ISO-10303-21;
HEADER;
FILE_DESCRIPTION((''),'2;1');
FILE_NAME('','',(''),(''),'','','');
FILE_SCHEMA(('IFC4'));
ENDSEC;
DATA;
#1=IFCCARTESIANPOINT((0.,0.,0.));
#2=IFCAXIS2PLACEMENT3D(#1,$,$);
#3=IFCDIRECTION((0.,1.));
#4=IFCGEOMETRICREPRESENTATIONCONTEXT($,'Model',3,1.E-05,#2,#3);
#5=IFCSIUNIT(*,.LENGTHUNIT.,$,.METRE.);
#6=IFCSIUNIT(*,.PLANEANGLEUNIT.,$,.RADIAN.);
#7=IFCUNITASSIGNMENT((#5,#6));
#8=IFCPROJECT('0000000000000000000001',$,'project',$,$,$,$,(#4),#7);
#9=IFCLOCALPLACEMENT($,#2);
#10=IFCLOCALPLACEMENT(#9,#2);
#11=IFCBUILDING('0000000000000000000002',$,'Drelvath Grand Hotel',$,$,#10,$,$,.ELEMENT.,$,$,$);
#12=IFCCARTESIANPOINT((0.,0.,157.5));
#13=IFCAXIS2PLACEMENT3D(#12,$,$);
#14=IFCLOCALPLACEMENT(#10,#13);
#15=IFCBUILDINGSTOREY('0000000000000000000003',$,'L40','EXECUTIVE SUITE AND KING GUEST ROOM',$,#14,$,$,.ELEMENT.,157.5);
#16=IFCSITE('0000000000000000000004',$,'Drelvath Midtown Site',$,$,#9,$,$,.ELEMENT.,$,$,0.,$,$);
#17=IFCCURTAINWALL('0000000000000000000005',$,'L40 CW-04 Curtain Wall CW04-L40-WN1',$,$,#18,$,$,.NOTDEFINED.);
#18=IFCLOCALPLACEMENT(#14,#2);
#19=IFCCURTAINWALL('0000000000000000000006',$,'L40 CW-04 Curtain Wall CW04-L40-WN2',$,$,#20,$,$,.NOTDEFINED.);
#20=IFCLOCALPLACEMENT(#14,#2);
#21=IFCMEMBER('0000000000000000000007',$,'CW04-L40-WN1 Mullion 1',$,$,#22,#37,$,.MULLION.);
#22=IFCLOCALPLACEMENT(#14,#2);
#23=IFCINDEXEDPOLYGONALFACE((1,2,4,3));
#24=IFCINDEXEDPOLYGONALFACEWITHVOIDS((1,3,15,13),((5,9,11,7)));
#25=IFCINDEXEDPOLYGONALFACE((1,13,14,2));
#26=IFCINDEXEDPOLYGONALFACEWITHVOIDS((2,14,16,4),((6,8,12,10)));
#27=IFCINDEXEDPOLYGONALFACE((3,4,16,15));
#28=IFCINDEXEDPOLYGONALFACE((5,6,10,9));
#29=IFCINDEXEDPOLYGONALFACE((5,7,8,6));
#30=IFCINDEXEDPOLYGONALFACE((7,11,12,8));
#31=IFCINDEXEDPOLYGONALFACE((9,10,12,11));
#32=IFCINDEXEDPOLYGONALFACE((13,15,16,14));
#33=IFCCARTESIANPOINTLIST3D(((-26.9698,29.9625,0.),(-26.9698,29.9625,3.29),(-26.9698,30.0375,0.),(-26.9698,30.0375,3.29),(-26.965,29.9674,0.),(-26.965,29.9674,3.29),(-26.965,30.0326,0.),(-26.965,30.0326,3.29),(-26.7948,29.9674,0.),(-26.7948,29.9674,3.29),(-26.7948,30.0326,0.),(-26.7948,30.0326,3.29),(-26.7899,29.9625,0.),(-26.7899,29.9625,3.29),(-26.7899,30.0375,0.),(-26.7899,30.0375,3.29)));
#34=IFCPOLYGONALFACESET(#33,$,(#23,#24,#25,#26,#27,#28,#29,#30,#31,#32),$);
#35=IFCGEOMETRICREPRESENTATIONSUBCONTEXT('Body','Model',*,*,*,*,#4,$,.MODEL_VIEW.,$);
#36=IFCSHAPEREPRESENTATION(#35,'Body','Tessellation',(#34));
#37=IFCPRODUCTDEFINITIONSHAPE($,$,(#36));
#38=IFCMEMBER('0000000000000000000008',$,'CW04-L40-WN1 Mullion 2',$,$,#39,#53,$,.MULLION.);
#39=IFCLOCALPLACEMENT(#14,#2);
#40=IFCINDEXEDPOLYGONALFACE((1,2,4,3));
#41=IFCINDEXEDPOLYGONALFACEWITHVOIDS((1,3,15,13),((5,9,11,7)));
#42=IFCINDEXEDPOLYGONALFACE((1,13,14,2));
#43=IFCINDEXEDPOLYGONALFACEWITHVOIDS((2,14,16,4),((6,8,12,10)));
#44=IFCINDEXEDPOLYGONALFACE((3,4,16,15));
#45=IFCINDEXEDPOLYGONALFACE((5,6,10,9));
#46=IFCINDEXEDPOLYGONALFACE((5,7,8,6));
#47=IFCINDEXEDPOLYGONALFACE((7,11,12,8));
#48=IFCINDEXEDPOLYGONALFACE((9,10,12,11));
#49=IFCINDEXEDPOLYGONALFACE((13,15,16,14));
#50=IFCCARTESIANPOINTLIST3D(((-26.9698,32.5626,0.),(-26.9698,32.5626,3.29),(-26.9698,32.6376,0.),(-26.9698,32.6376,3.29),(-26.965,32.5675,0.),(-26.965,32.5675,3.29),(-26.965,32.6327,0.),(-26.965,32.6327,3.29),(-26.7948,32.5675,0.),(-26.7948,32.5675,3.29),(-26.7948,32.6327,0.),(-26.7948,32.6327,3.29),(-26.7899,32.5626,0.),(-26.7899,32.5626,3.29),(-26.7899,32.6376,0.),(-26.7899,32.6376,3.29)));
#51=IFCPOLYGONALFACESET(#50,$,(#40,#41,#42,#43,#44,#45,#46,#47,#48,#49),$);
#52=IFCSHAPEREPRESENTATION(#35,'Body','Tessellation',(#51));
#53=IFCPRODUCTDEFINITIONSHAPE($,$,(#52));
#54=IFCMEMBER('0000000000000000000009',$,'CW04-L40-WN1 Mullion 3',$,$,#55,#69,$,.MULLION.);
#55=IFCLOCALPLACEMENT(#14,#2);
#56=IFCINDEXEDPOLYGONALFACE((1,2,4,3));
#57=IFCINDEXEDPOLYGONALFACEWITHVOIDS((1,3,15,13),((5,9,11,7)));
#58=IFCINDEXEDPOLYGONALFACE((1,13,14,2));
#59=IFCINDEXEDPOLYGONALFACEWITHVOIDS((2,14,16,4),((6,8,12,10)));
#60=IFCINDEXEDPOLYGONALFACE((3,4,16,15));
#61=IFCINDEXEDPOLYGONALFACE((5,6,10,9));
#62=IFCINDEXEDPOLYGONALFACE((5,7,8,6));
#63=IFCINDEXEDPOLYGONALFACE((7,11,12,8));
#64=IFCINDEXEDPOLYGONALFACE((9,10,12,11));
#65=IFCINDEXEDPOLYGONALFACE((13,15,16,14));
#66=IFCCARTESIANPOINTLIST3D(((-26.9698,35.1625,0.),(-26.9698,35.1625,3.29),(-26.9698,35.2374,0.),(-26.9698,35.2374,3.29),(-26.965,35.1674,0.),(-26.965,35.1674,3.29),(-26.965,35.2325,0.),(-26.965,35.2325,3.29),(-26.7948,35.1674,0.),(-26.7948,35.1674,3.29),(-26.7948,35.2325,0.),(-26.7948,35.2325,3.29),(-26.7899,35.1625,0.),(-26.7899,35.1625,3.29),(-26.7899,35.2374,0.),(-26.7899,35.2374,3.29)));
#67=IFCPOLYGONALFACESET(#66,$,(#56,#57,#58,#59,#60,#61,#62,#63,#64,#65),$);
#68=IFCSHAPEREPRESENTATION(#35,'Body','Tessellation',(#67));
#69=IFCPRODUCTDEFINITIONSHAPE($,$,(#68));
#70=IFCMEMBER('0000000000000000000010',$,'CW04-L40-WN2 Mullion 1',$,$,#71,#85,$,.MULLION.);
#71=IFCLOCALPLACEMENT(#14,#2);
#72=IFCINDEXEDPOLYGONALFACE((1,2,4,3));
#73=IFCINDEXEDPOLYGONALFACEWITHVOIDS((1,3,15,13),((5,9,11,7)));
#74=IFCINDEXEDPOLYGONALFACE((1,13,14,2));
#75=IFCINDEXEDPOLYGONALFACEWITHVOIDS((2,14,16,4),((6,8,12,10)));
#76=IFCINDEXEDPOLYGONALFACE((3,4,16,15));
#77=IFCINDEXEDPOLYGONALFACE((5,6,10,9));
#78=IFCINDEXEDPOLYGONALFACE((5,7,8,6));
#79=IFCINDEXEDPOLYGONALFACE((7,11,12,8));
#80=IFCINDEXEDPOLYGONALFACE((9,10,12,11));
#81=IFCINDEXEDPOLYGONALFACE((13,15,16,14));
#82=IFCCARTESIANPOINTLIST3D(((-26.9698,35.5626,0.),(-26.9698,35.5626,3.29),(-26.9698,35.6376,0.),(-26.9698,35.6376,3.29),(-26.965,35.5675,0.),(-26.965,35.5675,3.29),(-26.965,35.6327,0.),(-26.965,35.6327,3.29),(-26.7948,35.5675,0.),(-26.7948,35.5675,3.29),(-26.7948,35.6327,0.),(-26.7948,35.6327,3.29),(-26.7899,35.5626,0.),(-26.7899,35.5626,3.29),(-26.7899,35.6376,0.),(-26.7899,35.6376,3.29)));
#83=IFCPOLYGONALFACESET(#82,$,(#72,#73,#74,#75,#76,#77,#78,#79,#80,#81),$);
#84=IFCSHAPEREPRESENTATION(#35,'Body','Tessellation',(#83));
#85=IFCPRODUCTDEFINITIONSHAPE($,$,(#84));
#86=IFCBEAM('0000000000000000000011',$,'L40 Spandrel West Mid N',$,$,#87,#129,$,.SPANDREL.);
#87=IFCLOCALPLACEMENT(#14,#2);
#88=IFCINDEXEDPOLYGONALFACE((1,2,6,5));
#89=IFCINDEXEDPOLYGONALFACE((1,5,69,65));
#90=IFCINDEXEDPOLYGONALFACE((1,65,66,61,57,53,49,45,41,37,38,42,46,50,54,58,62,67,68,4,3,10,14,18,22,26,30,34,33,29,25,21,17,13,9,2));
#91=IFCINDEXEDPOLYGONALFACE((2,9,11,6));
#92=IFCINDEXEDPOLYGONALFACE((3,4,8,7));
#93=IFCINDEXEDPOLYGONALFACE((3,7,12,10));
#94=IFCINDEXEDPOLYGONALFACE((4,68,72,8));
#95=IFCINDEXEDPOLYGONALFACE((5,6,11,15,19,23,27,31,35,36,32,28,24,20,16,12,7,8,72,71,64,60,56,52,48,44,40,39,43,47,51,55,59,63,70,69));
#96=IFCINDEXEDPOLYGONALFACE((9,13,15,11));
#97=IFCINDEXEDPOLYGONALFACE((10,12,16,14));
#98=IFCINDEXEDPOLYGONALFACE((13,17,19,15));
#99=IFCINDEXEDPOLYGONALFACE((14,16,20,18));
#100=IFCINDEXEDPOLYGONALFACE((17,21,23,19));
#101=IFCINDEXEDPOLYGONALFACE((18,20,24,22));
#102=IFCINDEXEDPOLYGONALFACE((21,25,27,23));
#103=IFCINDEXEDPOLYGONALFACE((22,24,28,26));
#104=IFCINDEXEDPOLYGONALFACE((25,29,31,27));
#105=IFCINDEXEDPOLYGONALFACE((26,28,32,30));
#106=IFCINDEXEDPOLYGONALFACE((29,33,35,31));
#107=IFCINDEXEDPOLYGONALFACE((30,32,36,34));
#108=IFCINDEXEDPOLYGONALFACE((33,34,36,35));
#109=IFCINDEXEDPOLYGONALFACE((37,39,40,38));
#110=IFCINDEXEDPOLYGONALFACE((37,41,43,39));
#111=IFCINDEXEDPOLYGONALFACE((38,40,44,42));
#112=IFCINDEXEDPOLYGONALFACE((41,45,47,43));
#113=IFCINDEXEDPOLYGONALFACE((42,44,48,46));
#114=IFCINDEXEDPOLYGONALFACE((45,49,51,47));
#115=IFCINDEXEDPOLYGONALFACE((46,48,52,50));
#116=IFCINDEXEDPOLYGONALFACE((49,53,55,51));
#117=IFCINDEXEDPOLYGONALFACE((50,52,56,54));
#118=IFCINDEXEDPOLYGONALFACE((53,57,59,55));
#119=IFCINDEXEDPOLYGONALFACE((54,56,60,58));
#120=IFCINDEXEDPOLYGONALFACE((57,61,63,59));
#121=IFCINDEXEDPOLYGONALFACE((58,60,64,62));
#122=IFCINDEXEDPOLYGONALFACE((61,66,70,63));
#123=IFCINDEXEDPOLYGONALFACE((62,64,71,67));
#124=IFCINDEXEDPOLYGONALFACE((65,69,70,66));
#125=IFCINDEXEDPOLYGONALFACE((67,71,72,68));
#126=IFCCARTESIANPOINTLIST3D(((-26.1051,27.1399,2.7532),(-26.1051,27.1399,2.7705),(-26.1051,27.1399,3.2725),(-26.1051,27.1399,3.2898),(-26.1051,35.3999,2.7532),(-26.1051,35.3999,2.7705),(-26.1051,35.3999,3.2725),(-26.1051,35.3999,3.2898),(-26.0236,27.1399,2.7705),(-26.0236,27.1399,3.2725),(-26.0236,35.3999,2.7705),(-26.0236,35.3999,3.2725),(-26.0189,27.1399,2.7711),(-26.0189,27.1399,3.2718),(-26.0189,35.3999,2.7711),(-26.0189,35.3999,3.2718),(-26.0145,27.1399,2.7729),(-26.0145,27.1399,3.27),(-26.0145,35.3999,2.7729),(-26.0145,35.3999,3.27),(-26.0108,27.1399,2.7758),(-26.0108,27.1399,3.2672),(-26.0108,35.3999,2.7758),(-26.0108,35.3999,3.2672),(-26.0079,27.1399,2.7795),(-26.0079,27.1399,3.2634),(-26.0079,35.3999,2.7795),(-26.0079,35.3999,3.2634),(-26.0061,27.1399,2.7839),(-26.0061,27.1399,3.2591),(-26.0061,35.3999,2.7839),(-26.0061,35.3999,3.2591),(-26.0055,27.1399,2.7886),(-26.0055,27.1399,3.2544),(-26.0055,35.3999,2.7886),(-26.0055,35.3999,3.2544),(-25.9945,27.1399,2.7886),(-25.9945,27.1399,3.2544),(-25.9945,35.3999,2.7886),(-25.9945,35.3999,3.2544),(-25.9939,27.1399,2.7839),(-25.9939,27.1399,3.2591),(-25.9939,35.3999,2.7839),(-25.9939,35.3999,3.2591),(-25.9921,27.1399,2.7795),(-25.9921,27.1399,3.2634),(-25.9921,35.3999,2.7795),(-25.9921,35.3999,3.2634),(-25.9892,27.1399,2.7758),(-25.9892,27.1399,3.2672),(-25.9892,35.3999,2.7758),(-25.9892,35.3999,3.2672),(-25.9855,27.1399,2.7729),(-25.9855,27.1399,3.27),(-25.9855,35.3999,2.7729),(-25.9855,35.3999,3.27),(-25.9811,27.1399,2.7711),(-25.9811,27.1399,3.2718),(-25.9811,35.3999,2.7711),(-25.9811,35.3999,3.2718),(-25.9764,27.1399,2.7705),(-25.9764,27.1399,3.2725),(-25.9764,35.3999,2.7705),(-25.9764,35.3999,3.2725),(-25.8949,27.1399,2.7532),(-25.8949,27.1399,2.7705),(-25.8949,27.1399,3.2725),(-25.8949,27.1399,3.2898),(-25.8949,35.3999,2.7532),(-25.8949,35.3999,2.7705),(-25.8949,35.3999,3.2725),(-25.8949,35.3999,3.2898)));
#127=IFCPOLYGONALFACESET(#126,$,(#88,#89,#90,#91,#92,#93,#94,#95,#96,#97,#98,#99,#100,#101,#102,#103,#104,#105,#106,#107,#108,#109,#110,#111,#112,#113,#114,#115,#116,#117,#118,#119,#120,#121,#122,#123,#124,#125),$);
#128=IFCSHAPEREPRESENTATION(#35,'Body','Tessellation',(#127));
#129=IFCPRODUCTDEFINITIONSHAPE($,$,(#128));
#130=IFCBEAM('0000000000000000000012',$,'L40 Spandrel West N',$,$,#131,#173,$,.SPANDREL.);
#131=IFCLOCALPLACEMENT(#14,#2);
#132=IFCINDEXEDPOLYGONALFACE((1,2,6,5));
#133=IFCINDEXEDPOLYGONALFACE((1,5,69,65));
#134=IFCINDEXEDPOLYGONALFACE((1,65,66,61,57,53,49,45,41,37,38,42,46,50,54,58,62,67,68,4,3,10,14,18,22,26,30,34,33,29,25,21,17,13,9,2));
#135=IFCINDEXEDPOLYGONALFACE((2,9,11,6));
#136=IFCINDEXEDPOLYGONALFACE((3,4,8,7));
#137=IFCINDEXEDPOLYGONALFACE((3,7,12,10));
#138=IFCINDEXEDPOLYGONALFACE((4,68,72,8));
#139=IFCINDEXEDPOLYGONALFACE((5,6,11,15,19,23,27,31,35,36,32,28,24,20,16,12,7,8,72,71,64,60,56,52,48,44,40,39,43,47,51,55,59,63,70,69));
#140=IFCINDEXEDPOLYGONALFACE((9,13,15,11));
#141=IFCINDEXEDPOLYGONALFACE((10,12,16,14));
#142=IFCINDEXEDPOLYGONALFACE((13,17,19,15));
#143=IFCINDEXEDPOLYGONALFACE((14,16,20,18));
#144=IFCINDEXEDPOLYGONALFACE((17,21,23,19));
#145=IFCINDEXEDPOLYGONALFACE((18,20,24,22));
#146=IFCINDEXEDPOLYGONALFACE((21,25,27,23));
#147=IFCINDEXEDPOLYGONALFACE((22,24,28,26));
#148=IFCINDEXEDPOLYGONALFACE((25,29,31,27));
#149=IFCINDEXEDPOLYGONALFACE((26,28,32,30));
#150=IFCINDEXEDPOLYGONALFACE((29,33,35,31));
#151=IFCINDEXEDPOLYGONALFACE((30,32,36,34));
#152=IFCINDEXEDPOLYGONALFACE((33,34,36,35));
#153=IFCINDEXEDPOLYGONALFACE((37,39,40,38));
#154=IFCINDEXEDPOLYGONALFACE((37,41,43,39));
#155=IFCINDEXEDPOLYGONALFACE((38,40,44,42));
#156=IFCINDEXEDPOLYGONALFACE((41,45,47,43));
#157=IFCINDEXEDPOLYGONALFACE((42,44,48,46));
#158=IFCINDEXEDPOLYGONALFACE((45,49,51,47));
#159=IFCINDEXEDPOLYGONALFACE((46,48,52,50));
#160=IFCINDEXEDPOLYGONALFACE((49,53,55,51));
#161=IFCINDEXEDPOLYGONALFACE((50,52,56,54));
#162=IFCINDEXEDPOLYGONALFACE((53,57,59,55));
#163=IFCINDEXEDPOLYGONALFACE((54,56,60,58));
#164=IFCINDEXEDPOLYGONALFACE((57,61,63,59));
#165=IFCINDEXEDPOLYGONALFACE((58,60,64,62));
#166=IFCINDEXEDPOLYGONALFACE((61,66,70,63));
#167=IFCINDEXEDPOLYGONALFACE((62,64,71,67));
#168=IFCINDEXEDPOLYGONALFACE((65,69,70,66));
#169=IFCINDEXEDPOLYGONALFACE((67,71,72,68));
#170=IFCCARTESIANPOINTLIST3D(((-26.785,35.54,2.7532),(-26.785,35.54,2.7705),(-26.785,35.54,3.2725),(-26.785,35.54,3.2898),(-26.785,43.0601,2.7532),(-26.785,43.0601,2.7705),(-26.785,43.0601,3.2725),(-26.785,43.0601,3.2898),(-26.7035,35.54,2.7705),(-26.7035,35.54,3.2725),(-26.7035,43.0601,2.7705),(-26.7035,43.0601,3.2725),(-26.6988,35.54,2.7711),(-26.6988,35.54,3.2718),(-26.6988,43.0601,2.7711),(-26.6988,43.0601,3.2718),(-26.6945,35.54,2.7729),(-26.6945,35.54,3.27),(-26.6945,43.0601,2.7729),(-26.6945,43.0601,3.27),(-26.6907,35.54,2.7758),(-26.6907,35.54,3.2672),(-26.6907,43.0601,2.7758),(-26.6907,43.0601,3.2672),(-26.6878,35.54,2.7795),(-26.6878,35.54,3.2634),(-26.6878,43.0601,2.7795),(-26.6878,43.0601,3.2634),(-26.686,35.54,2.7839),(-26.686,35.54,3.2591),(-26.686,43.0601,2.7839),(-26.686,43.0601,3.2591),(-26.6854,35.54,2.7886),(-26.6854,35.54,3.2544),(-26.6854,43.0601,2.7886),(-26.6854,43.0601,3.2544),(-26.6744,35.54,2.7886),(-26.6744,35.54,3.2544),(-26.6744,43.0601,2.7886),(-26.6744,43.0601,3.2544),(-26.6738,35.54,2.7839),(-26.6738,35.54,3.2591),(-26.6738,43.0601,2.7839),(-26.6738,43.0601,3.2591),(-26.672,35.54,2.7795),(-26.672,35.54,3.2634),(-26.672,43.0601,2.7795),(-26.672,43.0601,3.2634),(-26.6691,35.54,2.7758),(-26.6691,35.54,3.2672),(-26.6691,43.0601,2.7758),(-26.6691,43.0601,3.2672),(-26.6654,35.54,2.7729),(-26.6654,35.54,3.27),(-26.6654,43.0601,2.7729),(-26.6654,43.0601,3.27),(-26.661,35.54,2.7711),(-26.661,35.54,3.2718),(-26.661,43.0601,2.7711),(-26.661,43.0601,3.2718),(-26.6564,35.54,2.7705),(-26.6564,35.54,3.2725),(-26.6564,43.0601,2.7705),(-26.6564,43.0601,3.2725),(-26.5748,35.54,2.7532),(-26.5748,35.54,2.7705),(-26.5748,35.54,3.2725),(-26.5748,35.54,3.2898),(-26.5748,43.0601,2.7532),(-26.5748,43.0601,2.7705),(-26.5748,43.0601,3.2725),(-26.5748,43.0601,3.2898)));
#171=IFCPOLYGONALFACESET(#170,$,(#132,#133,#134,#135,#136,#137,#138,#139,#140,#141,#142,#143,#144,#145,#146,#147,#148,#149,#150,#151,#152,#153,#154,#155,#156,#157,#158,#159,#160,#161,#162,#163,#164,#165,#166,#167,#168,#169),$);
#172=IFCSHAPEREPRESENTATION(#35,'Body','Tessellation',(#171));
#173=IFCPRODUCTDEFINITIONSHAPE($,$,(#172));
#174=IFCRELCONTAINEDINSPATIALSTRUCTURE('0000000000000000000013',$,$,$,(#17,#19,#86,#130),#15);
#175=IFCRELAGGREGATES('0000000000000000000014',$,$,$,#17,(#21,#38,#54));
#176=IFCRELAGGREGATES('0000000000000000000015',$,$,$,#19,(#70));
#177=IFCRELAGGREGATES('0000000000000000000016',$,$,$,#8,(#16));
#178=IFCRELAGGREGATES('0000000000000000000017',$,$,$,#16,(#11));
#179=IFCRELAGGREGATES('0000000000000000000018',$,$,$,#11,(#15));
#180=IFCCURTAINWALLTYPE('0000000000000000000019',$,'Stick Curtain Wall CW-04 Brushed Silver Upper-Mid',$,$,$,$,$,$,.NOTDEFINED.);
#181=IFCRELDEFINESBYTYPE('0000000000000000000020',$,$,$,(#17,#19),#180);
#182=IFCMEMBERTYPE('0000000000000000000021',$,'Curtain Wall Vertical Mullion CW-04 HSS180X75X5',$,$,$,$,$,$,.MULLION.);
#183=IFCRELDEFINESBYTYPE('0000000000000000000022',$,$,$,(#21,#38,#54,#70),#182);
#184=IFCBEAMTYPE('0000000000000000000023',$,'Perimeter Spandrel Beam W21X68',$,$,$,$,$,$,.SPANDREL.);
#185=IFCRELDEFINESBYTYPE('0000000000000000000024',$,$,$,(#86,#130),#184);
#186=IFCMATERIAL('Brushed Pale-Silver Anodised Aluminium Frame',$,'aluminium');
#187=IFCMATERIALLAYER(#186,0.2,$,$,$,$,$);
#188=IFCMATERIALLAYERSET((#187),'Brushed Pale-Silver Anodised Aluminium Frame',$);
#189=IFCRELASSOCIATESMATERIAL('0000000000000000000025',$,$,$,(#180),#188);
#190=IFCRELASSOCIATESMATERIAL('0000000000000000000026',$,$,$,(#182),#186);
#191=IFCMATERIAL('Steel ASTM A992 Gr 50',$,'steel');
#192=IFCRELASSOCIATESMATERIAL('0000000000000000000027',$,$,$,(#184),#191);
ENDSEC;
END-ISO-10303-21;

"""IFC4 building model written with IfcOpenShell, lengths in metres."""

from ifc_helpers import new_model, si_unit, direction, frame, origin, origin_2d, place, context, subcontext, project, spatial, hollow_rectangle, i_section, extrude, material, layer, layer_set, material_profile, profile_set, type_object, element, aggregate, save


model = new_model("IFC4")

# Units and contexts
model_context = context("Model", 3, precision=1e-05, world=origin(), true_north=direction((0.0, 1.0)))
body_context = subcontext(model_context, "Body", "Model", "MODEL_VIEW")
ifc_project = project(units=[si_unit("LENGTHUNIT", "METRE"), si_unit("PLANEANGLEUNIT", "RADIAN")], contexts=[model_context])

# Site, building, storey
site_placement = place(None, origin())
site = spatial("IfcSite", under=ifc_project, at=site_placement, Name="Drelvath Midtown Site", CompositionType="ELEMENT", RefElevation=0.0)
building_placement = place(site_placement, origin())
building = spatial("IfcBuilding", under=site, at=building_placement, Name="Drelvath Grand Hotel", CompositionType="ELEMENT")
storey_placement = place(building_placement, frame((0.0, 0.0, 157.5)))
storey = spatial("IfcBuildingStorey", under=building, at=storey_placement, Name="L40", Description="EXECUTIVE SUITE AND KING GUEST ROOM", CompositionType="ELEMENT", Elevation=157.5)

# Curtain walls
ifc_material_1 = material(Name="Brushed Pale-Silver Anodised Aluminium Frame", Category="aluminium")
ifc_layer_1 = layer(ifc_material_1, 0.2)
ifc_layer_set_1 = layer_set([ifc_layer_1], Name="Brushed Pale-Silver Anodised Aluminium Frame")
curtain_wall_type = type_object("IfcCurtainWallType", Name="Stick Curtain Wall CW-04 Brushed Silver Upper-Mid", PredefinedType="NOTDEFINED", material=ifc_layer_set_1)
curtain_wall_1_placement = place(storey_placement, origin())
curtain_wall_1 = element("IfcCurtainWall", 1, at=curtain_wall_1_placement, inside=storey, type_object=curtain_wall_type, Name="L40 CW-04 Curtain Wall CW04-L40-WN1", PredefinedType="NOTDEFINED")
curtain_wall_2_placement = place(storey_placement, origin())
curtain_wall_2 = element("IfcCurtainWall", 2, at=curtain_wall_2_placement, inside=storey, type_object=curtain_wall_type, Name="L40 CW-04 Curtain Wall CW04-L40-WN2", PredefinedType="NOTDEFINED")

# Members
ifc_material_profile_1 = material_profile(ifc_material_1, hollow_rectangle(XDim=0.075, YDim=0.1799, WallThickness=0.0049, at=origin_2d()), Name="HSS180X75X5")
ifc_profile_set_1 = profile_set([ifc_material_profile_1], Name="Brushed Pale-Silver Anodised Aluminium Frame")
member_type_1 = type_object("IfcMemberType", Name="Curtain Wall Vertical Mullion CW-04 HSS180X75X5", PredefinedType="MULLION", material=ifc_profile_set_1)
member_1_placement = place(storey_placement, frame((-26.8799, 30.0, 0.0), z_axis=(0.0, 0.0, 1.0), x_axis=(0.0, 1.0, 0.0)))
member_1 = element("IfcMember", 3, at=member_1_placement, type_object=member_type_1, Name="CW04-L40-WN1 Mullion 1", PredefinedType="MULLION", context=body_context, shape_type="SweptSolid", body=[
    extrude(hollow_rectangle(XDim=0.075, YDim=0.1799, WallThickness=0.0049, at=origin_2d()), origin(), (0.0, 0.0, 1.0), 3.29),
])
member_2_placement = place(storey_placement, frame((-26.8799, 32.6001, 0.0), z_axis=(0.0, 0.0, 1.0), x_axis=(0.0, 1.0, 0.0)))
member_2 = element("IfcMember", 4, at=member_2_placement, type_object=member_type_1, Name="CW04-L40-WN1 Mullion 2", PredefinedType="MULLION", context=body_context, shape_type="SweptSolid", body=[
    extrude(hollow_rectangle(XDim=0.075, YDim=0.1799, WallThickness=0.0049, at=origin_2d()), origin(), (0.0, 0.0, 1.0), 3.29),
])
member_3_placement = place(storey_placement, frame((-26.8799, 35.2, 0.0), z_axis=(0.0, 0.0, 1.0), x_axis=(0.0, 1.0, 0.0)))
member_3 = element("IfcMember", 5, at=member_3_placement, type_object=member_type_1, Name="CW04-L40-WN1 Mullion 3", PredefinedType="MULLION", context=body_context, shape_type="SweptSolid", body=[
    extrude(hollow_rectangle(XDim=0.075, YDim=0.1799, WallThickness=0.0049, at=origin_2d()), origin(), (0.0, 0.0, 1.0), 3.29),
])
member_4_placement = place(storey_placement, frame((-26.8799, 35.6001, 0.0), z_axis=(0.0, 0.0, 1.0), x_axis=(0.0, 1.0, 0.0)))
member_4 = element("IfcMember", 6, at=member_4_placement, type_object=member_type_1, Name="CW04-L40-WN2 Mullion 1", PredefinedType="MULLION", context=body_context, shape_type="SweptSolid", body=[
    extrude(hollow_rectangle(XDim=0.075, YDim=0.1799, WallThickness=0.0049, at=origin_2d()), origin(), (0.0, 0.0, 1.0), 3.29),
])

# Beams
ifc_material_2 = material(Name="Steel ASTM A992 Gr 50", Category="steel")
ifc_material_profile_2 = material_profile(ifc_material_2, i_section(OverallWidth=0.2102, OverallDepth=0.5366, WebThickness=0.011, FlangeThickness=0.0173, FilletRadius=0.0181, at=origin_2d()), Name="W21X68")
ifc_profile_set_2 = profile_set([ifc_material_profile_2], Name="Steel ASTM A992 Gr 50")
beam_type_1 = type_object("IfcBeamType", Name="Perimeter Spandrel Beam W21X68", PredefinedType="SPANDREL", material=ifc_profile_set_2)
beam_1_placement = place(storey_placement, frame((-26.0, 27.1399, 3.0215), z_axis=(0.0, 1.0, 0.0), x_axis=(-1.0, 0.0, 0.0)))
element("IfcBeam", 7, at=beam_1_placement, inside=storey, type_object=beam_type_1, Name="L40 Spandrel West Mid N", PredefinedType="SPANDREL", context=body_context, shape_type="SweptSolid", body=[
    extrude(i_section(OverallWidth=0.2102, OverallDepth=0.5366, WebThickness=0.011, FlangeThickness=0.0173, FilletRadius=0.0181, at=origin_2d()), origin(), (0.0, 0.0, 1.0), 8.26),
])
beam_2_placement = place(storey_placement, frame((-26.6799, 35.54, 3.0215), z_axis=(0.0, 1.0, 0.0), x_axis=(-1.0, 0.0, 0.0)))
element("IfcBeam", 8, at=beam_2_placement, inside=storey, type_object=beam_type_1, Name="L40 Spandrel West N", PredefinedType="SPANDREL", context=body_context, shape_type="SweptSolid", body=[
    extrude(i_section(OverallWidth=0.2102, OverallDepth=0.5366, WebThickness=0.011, FlangeThickness=0.0173, FilletRadius=0.0181, at=origin_2d()), origin(), (0.0, 0.0, 1.0), 7.52),
])

aggregate(curtain_wall_1, [member_1, member_2, member_3])
aggregate(curtain_wall_2, [member_4])

save(model, "model.ifc")
